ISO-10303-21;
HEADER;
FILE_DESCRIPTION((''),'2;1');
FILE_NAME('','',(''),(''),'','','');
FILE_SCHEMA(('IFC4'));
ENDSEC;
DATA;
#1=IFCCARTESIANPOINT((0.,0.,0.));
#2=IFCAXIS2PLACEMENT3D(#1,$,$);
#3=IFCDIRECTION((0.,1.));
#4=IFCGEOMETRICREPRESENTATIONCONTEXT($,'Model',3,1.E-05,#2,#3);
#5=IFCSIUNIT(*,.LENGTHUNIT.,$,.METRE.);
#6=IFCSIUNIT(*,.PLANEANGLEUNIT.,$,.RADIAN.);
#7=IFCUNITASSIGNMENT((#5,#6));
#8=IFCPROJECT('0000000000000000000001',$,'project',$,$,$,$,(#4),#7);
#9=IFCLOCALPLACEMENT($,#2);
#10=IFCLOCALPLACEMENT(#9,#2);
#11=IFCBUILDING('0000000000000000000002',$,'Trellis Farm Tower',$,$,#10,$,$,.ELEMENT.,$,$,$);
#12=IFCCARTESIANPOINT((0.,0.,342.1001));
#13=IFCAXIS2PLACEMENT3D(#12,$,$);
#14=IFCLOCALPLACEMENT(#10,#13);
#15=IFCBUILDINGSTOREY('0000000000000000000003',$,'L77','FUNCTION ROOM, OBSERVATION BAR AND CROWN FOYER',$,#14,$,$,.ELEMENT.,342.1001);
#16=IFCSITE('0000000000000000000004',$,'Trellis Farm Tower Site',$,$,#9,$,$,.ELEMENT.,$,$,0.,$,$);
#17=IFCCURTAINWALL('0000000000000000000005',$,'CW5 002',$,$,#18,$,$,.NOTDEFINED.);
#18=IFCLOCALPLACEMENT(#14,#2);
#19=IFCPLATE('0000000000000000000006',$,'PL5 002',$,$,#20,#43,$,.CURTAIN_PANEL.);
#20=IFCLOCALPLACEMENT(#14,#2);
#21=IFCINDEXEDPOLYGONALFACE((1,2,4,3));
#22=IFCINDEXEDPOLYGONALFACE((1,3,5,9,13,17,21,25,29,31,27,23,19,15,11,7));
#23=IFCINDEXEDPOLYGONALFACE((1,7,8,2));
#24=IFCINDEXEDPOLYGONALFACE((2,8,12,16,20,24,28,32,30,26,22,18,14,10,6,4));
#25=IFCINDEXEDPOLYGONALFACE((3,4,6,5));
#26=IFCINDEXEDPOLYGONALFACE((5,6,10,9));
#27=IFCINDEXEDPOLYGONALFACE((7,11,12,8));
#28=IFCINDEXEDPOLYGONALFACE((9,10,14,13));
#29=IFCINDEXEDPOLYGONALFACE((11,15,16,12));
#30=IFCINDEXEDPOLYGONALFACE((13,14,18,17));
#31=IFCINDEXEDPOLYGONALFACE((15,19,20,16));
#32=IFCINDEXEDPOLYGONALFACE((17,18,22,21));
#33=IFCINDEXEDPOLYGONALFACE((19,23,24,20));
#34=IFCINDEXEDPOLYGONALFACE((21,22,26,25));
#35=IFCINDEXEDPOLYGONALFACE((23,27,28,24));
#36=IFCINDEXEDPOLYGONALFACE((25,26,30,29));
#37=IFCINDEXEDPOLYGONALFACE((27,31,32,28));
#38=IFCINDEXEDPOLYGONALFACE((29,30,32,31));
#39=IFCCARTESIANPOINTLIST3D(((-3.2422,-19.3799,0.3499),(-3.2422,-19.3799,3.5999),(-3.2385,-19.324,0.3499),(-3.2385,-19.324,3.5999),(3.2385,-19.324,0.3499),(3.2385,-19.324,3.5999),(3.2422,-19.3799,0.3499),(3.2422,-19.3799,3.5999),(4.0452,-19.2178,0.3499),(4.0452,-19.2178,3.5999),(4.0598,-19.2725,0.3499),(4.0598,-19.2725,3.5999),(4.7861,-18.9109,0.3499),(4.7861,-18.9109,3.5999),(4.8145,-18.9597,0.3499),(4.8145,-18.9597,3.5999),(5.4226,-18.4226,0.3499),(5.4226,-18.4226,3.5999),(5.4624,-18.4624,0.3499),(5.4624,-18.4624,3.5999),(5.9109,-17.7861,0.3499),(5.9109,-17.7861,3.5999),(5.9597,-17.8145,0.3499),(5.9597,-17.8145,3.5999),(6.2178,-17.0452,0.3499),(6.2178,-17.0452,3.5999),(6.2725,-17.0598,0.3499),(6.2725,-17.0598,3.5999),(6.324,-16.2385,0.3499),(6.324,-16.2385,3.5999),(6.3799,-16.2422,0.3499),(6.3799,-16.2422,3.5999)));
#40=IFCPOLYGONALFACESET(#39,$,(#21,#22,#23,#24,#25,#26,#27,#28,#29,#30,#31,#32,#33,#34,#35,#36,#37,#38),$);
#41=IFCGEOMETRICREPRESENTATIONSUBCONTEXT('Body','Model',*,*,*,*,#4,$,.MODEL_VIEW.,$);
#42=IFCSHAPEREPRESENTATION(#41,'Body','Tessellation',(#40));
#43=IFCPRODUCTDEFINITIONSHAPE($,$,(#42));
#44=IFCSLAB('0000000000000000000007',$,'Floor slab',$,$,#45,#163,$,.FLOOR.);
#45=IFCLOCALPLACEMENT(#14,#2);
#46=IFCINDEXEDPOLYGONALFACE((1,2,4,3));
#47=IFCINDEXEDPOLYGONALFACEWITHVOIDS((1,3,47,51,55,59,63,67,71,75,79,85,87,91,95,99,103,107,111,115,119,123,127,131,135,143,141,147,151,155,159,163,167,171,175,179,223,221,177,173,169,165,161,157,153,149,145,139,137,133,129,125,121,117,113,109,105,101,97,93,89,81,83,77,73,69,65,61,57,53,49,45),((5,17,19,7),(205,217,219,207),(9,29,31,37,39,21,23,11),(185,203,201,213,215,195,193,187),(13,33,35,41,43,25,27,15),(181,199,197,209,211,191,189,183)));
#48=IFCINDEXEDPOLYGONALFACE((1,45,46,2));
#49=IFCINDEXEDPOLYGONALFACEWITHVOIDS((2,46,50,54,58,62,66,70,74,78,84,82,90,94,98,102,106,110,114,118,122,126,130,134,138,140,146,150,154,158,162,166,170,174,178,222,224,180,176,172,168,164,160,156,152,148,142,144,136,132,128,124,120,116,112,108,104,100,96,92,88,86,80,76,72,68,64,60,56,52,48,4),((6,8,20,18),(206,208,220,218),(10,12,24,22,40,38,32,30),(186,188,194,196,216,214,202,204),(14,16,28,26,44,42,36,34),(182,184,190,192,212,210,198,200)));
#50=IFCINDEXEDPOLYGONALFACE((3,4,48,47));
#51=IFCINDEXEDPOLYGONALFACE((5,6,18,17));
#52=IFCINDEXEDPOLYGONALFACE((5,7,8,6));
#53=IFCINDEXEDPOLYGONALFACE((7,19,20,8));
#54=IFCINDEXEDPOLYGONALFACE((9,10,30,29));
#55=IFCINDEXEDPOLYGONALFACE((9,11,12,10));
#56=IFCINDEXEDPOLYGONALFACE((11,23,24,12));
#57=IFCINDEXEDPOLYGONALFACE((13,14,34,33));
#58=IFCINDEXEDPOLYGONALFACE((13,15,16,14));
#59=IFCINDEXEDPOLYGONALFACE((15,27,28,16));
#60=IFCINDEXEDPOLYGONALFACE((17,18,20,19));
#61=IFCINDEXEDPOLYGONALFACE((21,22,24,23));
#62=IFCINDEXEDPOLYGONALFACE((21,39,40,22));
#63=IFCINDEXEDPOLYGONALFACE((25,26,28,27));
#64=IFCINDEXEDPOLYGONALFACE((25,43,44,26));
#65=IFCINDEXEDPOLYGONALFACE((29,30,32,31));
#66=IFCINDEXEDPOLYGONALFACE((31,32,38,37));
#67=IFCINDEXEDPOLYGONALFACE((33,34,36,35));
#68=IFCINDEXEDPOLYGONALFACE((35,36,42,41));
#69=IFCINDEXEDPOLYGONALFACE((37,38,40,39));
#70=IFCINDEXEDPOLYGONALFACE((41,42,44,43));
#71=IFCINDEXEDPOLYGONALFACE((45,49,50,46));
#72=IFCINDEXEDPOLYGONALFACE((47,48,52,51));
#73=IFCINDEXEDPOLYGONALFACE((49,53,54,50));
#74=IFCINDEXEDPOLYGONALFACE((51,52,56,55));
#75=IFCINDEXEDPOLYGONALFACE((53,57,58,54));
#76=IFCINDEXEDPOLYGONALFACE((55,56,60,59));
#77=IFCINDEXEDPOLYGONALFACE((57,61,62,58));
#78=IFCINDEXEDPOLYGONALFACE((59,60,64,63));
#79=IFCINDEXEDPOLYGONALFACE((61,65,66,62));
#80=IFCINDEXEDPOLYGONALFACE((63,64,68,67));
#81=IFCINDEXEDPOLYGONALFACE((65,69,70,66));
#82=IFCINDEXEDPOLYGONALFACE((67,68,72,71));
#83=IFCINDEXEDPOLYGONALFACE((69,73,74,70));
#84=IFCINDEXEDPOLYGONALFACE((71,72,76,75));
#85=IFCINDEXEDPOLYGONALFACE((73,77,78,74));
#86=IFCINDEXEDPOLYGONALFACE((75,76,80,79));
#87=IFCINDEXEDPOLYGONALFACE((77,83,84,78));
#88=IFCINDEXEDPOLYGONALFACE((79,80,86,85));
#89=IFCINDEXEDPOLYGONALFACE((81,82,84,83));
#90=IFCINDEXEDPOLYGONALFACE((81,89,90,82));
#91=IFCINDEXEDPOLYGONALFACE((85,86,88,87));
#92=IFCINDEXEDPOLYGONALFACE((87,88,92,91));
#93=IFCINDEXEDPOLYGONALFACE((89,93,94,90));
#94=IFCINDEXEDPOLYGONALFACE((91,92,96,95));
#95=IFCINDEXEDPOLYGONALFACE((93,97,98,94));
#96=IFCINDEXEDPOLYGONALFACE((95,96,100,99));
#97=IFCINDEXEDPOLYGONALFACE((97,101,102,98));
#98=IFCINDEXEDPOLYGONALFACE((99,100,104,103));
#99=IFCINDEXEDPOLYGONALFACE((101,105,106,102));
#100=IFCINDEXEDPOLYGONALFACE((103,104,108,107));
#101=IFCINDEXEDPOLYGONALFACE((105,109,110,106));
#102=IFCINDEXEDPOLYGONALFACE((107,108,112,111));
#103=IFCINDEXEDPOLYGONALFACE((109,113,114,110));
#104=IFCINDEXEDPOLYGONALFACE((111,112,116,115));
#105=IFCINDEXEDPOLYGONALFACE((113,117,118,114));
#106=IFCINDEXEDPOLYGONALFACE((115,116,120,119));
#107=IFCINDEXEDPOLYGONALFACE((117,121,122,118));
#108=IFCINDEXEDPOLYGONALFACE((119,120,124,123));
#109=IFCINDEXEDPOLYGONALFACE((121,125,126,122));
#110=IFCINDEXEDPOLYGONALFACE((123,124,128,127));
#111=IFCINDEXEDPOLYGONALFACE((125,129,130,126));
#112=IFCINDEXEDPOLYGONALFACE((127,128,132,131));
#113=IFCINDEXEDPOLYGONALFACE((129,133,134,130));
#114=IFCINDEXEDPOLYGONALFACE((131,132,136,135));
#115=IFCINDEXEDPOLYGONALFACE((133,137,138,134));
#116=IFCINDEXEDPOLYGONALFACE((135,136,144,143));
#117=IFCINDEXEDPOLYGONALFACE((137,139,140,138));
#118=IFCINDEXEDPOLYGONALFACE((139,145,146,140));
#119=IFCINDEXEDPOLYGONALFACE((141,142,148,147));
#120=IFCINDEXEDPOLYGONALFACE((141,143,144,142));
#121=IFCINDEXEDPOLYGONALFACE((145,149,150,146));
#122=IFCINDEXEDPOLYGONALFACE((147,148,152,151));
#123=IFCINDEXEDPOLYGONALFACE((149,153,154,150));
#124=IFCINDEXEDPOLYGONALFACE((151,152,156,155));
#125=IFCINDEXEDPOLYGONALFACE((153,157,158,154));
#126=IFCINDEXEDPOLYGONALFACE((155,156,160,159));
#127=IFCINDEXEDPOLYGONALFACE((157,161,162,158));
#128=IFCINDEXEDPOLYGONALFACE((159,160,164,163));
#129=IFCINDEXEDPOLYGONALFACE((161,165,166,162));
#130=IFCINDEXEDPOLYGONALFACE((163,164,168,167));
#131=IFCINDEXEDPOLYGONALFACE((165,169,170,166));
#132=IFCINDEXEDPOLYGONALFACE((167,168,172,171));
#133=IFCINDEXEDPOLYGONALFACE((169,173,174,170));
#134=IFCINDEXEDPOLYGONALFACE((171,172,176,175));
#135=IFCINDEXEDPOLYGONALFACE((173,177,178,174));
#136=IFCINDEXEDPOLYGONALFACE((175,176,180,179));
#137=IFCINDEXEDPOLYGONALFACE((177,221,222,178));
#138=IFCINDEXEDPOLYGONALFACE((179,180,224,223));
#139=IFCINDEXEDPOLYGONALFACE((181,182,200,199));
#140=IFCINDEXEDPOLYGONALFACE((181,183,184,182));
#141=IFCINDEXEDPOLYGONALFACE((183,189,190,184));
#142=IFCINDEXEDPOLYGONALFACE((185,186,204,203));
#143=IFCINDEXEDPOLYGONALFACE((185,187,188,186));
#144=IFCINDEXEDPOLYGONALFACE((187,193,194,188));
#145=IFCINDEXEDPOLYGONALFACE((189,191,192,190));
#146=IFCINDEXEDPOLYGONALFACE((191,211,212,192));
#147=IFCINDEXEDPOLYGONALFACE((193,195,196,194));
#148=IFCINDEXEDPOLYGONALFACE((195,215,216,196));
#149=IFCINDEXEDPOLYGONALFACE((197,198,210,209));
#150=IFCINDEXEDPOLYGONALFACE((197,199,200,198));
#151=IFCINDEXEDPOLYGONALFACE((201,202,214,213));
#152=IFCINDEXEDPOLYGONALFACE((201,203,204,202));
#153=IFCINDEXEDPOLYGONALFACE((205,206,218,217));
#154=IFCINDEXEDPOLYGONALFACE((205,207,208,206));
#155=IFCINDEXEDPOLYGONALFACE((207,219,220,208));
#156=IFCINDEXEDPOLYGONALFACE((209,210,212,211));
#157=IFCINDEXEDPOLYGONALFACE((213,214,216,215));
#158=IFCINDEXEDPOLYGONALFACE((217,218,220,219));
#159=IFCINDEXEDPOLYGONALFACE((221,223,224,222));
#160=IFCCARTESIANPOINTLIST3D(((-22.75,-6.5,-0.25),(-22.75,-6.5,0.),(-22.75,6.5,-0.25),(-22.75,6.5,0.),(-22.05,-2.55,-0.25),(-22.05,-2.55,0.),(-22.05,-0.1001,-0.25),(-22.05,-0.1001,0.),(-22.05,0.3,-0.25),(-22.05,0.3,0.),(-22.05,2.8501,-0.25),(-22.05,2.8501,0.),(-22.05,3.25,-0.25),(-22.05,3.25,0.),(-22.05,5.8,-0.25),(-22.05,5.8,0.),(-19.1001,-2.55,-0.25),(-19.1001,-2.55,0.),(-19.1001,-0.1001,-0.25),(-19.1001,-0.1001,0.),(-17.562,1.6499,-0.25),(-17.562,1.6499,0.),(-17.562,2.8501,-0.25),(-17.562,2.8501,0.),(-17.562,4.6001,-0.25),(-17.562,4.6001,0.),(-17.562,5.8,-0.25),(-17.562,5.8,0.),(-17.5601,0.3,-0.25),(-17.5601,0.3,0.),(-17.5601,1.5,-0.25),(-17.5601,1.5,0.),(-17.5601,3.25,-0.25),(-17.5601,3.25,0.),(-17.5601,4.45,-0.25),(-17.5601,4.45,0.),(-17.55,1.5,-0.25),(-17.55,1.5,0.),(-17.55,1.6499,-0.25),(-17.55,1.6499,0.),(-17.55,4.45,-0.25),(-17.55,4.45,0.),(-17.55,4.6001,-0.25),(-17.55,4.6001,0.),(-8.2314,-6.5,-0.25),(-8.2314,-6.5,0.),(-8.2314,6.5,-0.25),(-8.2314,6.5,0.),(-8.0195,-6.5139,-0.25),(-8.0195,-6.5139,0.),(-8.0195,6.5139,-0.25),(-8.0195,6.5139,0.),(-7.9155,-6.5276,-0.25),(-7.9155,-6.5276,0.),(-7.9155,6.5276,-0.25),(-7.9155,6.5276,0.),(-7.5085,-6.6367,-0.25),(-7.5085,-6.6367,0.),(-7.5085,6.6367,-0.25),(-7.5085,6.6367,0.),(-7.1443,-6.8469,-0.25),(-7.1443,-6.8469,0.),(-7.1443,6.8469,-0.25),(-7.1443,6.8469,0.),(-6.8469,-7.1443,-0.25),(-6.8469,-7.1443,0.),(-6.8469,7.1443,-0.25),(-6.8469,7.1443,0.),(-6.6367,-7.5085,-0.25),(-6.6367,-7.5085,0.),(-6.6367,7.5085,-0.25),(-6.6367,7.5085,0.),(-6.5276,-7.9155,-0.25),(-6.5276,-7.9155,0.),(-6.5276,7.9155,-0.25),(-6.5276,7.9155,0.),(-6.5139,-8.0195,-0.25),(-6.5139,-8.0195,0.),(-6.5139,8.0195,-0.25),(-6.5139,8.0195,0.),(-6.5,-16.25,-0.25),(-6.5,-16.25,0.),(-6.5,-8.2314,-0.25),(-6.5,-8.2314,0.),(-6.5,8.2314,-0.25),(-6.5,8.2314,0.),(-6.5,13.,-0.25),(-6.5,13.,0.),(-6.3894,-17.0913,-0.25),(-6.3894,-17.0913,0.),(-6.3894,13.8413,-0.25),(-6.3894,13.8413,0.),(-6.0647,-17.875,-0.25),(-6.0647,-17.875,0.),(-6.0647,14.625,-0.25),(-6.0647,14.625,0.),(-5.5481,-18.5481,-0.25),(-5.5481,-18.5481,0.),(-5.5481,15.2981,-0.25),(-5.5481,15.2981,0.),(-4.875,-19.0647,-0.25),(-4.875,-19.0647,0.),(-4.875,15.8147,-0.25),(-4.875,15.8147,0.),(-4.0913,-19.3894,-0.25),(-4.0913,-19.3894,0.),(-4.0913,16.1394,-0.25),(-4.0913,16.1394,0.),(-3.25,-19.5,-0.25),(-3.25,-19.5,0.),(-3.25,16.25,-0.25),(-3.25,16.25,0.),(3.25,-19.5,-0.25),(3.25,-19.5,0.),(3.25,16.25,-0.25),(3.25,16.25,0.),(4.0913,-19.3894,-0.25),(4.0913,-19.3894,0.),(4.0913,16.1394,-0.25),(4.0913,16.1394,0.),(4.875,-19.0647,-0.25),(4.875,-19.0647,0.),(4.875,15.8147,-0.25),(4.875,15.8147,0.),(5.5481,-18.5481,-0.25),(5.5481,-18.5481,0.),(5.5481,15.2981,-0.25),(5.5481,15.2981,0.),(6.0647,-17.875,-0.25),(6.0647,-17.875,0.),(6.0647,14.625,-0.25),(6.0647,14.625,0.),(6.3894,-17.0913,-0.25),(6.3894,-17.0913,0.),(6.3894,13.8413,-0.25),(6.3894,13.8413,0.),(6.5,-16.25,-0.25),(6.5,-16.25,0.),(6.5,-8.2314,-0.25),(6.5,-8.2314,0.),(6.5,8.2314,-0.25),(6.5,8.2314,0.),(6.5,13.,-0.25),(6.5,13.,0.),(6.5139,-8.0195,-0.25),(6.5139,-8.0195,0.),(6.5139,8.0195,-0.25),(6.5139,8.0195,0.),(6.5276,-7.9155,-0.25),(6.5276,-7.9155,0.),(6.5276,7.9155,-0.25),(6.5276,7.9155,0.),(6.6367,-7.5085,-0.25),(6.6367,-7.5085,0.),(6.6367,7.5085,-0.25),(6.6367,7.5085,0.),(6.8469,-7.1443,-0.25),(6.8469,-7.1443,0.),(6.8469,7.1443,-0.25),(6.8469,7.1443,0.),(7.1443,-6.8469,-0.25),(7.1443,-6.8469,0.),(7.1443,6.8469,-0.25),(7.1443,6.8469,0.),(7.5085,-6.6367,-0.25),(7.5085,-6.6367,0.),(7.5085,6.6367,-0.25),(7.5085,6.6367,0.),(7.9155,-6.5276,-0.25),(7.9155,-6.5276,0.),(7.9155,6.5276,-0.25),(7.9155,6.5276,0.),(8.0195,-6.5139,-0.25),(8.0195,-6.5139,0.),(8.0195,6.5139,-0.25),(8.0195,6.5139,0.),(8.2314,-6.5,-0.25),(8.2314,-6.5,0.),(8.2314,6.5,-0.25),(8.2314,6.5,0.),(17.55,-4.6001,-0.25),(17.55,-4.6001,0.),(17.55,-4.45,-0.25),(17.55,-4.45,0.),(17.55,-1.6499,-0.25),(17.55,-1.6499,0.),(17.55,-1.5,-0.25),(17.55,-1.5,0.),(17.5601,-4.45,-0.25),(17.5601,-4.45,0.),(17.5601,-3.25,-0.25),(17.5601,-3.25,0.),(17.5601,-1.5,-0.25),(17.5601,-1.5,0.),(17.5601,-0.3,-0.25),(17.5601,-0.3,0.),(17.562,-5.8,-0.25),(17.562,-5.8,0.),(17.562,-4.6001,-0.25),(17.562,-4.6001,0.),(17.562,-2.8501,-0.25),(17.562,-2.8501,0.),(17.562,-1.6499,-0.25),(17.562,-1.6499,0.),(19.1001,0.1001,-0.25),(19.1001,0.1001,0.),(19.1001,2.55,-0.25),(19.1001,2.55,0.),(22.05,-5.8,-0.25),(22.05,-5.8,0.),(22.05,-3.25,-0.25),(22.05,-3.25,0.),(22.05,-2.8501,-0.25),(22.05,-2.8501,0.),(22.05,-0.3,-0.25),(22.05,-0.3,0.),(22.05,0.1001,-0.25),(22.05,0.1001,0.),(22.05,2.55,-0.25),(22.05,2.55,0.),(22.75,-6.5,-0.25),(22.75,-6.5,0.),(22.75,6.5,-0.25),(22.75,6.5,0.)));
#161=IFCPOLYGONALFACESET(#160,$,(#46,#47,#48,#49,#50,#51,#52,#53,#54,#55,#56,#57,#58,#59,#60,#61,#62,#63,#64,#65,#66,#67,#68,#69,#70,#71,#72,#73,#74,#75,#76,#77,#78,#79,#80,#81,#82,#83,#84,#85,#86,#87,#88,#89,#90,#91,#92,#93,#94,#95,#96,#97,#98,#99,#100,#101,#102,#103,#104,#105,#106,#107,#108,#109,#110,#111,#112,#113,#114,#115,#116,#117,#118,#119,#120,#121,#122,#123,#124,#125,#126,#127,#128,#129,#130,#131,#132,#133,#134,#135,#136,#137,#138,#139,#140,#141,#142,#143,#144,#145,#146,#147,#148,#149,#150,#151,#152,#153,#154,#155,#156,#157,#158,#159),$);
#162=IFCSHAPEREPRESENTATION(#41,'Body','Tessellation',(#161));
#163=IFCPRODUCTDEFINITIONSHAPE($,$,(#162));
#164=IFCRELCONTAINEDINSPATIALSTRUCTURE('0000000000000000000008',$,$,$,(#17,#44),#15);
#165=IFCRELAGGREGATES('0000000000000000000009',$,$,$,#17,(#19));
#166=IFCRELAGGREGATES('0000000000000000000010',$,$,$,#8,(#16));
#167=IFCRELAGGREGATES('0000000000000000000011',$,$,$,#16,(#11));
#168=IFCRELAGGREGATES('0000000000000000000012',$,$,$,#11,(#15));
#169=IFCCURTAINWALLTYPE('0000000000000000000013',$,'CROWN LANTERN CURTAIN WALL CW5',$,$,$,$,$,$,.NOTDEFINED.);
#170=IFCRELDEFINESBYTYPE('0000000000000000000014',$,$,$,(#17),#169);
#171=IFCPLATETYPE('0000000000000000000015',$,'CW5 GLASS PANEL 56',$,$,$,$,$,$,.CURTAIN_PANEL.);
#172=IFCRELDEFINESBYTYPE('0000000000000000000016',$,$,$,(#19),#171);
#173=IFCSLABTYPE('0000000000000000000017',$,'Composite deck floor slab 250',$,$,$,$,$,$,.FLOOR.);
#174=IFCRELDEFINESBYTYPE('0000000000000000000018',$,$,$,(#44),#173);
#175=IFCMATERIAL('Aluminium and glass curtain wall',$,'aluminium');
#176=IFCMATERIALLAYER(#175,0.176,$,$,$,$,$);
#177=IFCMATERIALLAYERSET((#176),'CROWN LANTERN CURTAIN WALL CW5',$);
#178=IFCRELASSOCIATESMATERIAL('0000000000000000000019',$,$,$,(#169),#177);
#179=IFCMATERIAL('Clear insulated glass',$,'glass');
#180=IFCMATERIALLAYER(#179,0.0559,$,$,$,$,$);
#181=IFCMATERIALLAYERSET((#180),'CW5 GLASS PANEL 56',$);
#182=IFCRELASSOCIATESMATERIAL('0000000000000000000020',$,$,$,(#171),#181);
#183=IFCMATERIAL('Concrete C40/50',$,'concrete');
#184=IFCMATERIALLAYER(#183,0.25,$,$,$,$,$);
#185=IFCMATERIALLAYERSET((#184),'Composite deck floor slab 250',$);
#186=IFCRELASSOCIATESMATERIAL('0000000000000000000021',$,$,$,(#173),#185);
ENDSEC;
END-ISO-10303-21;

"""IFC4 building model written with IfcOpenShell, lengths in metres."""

from ifc_helpers import new_model, si_unit, direction, frame, origin, place, context, subcontext, project, spatial, polyline, outline, extrude, source, transform, mapped, material, layer, layer_set, type_object, element, aggregate, save


model = new_model("IFC4")

# Units and contexts
model_context = context("Model", 3, precision=1e-05, world=origin(), true_north=direction((0.0, 1.0)))
body_context = subcontext(model_context, "Body", "Model", "MODEL_VIEW")
ifc_project = project(units=[si_unit("LENGTHUNIT", "METRE"), si_unit("PLANEANGLEUNIT", "RADIAN")], contexts=[model_context])

# Site, building, storey
site_placement = place(None, origin())
site = spatial("IfcSite", under=ifc_project, at=site_placement, Name="Trellis Farm Tower Site", CompositionType="ELEMENT", RefElevation=0.0)
building_placement = place(site_placement, origin())
building = spatial("IfcBuilding", under=site, at=building_placement, Name="Trellis Farm Tower", CompositionType="ELEMENT")
storey_placement = place(building_placement, frame((0.0, 0.0, 342.1001)))
storey = spatial("IfcBuildingStorey", under=building, at=storey_placement, Name="L77", Description="FUNCTION ROOM, OBSERVATION BAR AND CROWN FOYER", CompositionType="ELEMENT", Elevation=342.1001)

# Curtain wall
ifc_material_1 = material(Name="Aluminium and glass curtain wall", Category="aluminium")
ifc_layer_1 = layer(ifc_material_1, 0.176)
ifc_layer_set_1 = layer_set([ifc_layer_1], Name="CROWN LANTERN CURTAIN WALL CW5")
curtain_wall_type = type_object("IfcCurtainWallType", Name="CROWN LANTERN CURTAIN WALL CW5", PredefinedType="NOTDEFINED", material=ifc_layer_set_1)
placement_1 = place(storey_placement, origin())
curtain_wall_1 = element("IfcCurtainWall", 1, at=placement_1, inside=storey, type_object=curtain_wall_type, Name="CW5 002", PredefinedType="NOTDEFINED")

# Plate
ifc_material_2 = material(Name="Clear insulated glass", Category="glass")
ifc_layer_2 = layer(ifc_material_2, 0.0559)
ifc_layer_set_2 = layer_set([ifc_layer_2], Name="CW5 GLASS PANEL 56")
plate_type_1 = type_object("IfcPlateType", Name="CW5 GLASS PANEL 56", PredefinedType="CURTAIN_PANEL", material=ifc_layer_set_2)
placement_2 = place(storey_placement, frame((0.0, 0.0, 0.3499)))
plate_1 = element("IfcPlate", 2, at=placement_2, type_object=plate_type_1, Name="PL5 002", PredefinedType="CURTAIN_PANEL", context=body_context, shape_type="SweptSolid", body=[
    extrude(outline(polyline([(-3.2422, -19.3799), (3.2422, -19.3799), (4.0598, -19.2725), (4.8145, -18.9597), (5.4624, -18.4624), (5.9597, -17.8145), (6.2725, -17.0598), (6.3799, -16.2422), (6.324, -16.2385), (6.2178, -17.0452), (5.9109, -17.7861), (5.4226, -18.4226), (4.7861, -18.9109), (4.0452, -19.2178), (3.2385, -19.324), (-3.2385, -19.324), (-3.2422, -19.3799)])), origin(), (0.0, 0.0, 1.0), 3.25),
])
aggregate(curtain_wall_1, [plate_1])

# Slab
ifc_material_3 = material(Name="Concrete C40/50", Category="concrete")
ifc_layer_3 = layer(ifc_material_3, 0.25)
ifc_layer_set_3 = layer_set([ifc_layer_3], Name="Composite deck floor slab 250")
slab_type_1 = type_object("IfcSlabType", Name="Composite deck floor slab 250", PredefinedType="FLOOR", material=ifc_layer_set_3)
shared_shape_1 = source(origin(), body_context, "Body", "SweptSolid", [
    extrude(outline(polyline([(-22.75, 6.5), (-8.2314, 6.5), (-8.0195, 6.5139), (-7.9155, 6.5276), (-7.5085, 6.6367), (-7.1443, 6.8469), (-6.8469, 7.1443), (-6.6367, 7.5085), (-6.5276, 7.9155), (-6.5139, 8.0195), (-6.5, 8.2314), (-6.5, 13.0), (-6.3894, 13.8413), (-6.0647, 14.625), (-5.5481, 15.2981), (-4.875, 15.8147), (-4.0913, 16.1394), (-3.25, 16.25), (3.25, 16.25), (4.0913, 16.1394), (4.875, 15.8147), (5.5481, 15.2981), (6.0647, 14.625), (6.3894, 13.8413), (6.5, 13.0), (6.5, 8.2314), (6.5139, 8.0195), (6.5276, 7.9155), (6.6367, 7.5085), (6.8469, 7.1443), (7.1443, 6.8469), (7.5085, 6.6367), (7.9155, 6.5276), (8.0195, 6.5139), (8.2314, 6.5), (22.75, 6.5), (22.75, -6.5), (8.2314, -6.5), (8.0195, -6.5139), (7.9155, -6.5276), (7.5085, -6.6367), (7.1443, -6.8469), (6.8469, -7.1443), (6.6367, -7.5085), (6.5276, -7.9155), (6.5139, -8.0195), (6.5, -8.2314), (6.5, -16.25), (6.3894, -17.0913), (6.0647, -17.875), (5.5481, -18.5481), (4.875, -19.0647), (4.0913, -19.3894), (3.25, -19.5), (-3.25, -19.5), (-4.0913, -19.3894), (-4.875, -19.0647), (-5.5481, -18.5481), (-6.0647, -17.875), (-6.3894, -17.0913), (-6.5, -16.25), (-6.5, -8.2314), (-6.5139, -8.0195), (-6.5276, -7.9155), (-6.6367, -7.5085), (-6.8469, -7.1443), (-7.1443, -6.8469), (-7.5085, -6.6367), (-7.9155, -6.5276), (-8.0195, -6.5139), (-8.2314, -6.5), (-22.75, -6.5), (-22.75, 6.5)]), holes=[polyline([(22.05, -5.8), (22.05, -3.25), (17.5601, -3.25), (17.5601, -4.45), (17.55, -4.45), (17.55, -4.6001), (17.562, -4.6001), (17.562, -5.8), (22.05, -5.8)]), polyline([(17.562, -2.8501), (22.05, -2.8501), (22.05, -0.3), (17.5601, -0.3), (17.5601, -1.5), (17.55, -1.5), (17.55, -1.6499), (17.562, -1.6499), (17.562, -2.8501)]), polyline([(-22.05, -2.55), (-19.1001, -2.55), (-19.1001, -0.1001), (-22.05, -0.1001), (-22.05, -2.55)]), polyline([(19.1001, 2.55), (19.1001, 0.1001), (22.05, 0.1001), (22.05, 2.55), (19.1001, 2.55)]), polyline([(-17.562, 2.8501), (-22.05, 2.8501), (-22.05, 0.3), (-17.5601, 0.3), (-17.5601, 1.5), (-17.55, 1.5), (-17.55, 1.6499), (-17.562, 1.6499), (-17.562, 2.8501)]), polyline([(-17.562, 5.8), (-22.05, 5.8), (-22.05, 3.25), (-17.5601, 3.25), (-17.5601, 4.45), (-17.55, 4.45), (-17.55, 4.6001), (-17.562, 4.6001), (-17.562, 5.8)])]), origin(), (0.0, 0.0, 1.0), 0.25),
])
slab_1_placement = place(storey_placement, frame((0.0, 0.0, -0.25)))
element("IfcSlab", 3, at=slab_1_placement, inside=storey, type_object=slab_type_1, Name="Floor slab", PredefinedType="FLOOR", context=body_context, shape_type="MappedRepresentation", body=[
    mapped(shared_shape_1, transform((0.0, 0.0, 0.0))),
])

save(model, "model.ifc")
